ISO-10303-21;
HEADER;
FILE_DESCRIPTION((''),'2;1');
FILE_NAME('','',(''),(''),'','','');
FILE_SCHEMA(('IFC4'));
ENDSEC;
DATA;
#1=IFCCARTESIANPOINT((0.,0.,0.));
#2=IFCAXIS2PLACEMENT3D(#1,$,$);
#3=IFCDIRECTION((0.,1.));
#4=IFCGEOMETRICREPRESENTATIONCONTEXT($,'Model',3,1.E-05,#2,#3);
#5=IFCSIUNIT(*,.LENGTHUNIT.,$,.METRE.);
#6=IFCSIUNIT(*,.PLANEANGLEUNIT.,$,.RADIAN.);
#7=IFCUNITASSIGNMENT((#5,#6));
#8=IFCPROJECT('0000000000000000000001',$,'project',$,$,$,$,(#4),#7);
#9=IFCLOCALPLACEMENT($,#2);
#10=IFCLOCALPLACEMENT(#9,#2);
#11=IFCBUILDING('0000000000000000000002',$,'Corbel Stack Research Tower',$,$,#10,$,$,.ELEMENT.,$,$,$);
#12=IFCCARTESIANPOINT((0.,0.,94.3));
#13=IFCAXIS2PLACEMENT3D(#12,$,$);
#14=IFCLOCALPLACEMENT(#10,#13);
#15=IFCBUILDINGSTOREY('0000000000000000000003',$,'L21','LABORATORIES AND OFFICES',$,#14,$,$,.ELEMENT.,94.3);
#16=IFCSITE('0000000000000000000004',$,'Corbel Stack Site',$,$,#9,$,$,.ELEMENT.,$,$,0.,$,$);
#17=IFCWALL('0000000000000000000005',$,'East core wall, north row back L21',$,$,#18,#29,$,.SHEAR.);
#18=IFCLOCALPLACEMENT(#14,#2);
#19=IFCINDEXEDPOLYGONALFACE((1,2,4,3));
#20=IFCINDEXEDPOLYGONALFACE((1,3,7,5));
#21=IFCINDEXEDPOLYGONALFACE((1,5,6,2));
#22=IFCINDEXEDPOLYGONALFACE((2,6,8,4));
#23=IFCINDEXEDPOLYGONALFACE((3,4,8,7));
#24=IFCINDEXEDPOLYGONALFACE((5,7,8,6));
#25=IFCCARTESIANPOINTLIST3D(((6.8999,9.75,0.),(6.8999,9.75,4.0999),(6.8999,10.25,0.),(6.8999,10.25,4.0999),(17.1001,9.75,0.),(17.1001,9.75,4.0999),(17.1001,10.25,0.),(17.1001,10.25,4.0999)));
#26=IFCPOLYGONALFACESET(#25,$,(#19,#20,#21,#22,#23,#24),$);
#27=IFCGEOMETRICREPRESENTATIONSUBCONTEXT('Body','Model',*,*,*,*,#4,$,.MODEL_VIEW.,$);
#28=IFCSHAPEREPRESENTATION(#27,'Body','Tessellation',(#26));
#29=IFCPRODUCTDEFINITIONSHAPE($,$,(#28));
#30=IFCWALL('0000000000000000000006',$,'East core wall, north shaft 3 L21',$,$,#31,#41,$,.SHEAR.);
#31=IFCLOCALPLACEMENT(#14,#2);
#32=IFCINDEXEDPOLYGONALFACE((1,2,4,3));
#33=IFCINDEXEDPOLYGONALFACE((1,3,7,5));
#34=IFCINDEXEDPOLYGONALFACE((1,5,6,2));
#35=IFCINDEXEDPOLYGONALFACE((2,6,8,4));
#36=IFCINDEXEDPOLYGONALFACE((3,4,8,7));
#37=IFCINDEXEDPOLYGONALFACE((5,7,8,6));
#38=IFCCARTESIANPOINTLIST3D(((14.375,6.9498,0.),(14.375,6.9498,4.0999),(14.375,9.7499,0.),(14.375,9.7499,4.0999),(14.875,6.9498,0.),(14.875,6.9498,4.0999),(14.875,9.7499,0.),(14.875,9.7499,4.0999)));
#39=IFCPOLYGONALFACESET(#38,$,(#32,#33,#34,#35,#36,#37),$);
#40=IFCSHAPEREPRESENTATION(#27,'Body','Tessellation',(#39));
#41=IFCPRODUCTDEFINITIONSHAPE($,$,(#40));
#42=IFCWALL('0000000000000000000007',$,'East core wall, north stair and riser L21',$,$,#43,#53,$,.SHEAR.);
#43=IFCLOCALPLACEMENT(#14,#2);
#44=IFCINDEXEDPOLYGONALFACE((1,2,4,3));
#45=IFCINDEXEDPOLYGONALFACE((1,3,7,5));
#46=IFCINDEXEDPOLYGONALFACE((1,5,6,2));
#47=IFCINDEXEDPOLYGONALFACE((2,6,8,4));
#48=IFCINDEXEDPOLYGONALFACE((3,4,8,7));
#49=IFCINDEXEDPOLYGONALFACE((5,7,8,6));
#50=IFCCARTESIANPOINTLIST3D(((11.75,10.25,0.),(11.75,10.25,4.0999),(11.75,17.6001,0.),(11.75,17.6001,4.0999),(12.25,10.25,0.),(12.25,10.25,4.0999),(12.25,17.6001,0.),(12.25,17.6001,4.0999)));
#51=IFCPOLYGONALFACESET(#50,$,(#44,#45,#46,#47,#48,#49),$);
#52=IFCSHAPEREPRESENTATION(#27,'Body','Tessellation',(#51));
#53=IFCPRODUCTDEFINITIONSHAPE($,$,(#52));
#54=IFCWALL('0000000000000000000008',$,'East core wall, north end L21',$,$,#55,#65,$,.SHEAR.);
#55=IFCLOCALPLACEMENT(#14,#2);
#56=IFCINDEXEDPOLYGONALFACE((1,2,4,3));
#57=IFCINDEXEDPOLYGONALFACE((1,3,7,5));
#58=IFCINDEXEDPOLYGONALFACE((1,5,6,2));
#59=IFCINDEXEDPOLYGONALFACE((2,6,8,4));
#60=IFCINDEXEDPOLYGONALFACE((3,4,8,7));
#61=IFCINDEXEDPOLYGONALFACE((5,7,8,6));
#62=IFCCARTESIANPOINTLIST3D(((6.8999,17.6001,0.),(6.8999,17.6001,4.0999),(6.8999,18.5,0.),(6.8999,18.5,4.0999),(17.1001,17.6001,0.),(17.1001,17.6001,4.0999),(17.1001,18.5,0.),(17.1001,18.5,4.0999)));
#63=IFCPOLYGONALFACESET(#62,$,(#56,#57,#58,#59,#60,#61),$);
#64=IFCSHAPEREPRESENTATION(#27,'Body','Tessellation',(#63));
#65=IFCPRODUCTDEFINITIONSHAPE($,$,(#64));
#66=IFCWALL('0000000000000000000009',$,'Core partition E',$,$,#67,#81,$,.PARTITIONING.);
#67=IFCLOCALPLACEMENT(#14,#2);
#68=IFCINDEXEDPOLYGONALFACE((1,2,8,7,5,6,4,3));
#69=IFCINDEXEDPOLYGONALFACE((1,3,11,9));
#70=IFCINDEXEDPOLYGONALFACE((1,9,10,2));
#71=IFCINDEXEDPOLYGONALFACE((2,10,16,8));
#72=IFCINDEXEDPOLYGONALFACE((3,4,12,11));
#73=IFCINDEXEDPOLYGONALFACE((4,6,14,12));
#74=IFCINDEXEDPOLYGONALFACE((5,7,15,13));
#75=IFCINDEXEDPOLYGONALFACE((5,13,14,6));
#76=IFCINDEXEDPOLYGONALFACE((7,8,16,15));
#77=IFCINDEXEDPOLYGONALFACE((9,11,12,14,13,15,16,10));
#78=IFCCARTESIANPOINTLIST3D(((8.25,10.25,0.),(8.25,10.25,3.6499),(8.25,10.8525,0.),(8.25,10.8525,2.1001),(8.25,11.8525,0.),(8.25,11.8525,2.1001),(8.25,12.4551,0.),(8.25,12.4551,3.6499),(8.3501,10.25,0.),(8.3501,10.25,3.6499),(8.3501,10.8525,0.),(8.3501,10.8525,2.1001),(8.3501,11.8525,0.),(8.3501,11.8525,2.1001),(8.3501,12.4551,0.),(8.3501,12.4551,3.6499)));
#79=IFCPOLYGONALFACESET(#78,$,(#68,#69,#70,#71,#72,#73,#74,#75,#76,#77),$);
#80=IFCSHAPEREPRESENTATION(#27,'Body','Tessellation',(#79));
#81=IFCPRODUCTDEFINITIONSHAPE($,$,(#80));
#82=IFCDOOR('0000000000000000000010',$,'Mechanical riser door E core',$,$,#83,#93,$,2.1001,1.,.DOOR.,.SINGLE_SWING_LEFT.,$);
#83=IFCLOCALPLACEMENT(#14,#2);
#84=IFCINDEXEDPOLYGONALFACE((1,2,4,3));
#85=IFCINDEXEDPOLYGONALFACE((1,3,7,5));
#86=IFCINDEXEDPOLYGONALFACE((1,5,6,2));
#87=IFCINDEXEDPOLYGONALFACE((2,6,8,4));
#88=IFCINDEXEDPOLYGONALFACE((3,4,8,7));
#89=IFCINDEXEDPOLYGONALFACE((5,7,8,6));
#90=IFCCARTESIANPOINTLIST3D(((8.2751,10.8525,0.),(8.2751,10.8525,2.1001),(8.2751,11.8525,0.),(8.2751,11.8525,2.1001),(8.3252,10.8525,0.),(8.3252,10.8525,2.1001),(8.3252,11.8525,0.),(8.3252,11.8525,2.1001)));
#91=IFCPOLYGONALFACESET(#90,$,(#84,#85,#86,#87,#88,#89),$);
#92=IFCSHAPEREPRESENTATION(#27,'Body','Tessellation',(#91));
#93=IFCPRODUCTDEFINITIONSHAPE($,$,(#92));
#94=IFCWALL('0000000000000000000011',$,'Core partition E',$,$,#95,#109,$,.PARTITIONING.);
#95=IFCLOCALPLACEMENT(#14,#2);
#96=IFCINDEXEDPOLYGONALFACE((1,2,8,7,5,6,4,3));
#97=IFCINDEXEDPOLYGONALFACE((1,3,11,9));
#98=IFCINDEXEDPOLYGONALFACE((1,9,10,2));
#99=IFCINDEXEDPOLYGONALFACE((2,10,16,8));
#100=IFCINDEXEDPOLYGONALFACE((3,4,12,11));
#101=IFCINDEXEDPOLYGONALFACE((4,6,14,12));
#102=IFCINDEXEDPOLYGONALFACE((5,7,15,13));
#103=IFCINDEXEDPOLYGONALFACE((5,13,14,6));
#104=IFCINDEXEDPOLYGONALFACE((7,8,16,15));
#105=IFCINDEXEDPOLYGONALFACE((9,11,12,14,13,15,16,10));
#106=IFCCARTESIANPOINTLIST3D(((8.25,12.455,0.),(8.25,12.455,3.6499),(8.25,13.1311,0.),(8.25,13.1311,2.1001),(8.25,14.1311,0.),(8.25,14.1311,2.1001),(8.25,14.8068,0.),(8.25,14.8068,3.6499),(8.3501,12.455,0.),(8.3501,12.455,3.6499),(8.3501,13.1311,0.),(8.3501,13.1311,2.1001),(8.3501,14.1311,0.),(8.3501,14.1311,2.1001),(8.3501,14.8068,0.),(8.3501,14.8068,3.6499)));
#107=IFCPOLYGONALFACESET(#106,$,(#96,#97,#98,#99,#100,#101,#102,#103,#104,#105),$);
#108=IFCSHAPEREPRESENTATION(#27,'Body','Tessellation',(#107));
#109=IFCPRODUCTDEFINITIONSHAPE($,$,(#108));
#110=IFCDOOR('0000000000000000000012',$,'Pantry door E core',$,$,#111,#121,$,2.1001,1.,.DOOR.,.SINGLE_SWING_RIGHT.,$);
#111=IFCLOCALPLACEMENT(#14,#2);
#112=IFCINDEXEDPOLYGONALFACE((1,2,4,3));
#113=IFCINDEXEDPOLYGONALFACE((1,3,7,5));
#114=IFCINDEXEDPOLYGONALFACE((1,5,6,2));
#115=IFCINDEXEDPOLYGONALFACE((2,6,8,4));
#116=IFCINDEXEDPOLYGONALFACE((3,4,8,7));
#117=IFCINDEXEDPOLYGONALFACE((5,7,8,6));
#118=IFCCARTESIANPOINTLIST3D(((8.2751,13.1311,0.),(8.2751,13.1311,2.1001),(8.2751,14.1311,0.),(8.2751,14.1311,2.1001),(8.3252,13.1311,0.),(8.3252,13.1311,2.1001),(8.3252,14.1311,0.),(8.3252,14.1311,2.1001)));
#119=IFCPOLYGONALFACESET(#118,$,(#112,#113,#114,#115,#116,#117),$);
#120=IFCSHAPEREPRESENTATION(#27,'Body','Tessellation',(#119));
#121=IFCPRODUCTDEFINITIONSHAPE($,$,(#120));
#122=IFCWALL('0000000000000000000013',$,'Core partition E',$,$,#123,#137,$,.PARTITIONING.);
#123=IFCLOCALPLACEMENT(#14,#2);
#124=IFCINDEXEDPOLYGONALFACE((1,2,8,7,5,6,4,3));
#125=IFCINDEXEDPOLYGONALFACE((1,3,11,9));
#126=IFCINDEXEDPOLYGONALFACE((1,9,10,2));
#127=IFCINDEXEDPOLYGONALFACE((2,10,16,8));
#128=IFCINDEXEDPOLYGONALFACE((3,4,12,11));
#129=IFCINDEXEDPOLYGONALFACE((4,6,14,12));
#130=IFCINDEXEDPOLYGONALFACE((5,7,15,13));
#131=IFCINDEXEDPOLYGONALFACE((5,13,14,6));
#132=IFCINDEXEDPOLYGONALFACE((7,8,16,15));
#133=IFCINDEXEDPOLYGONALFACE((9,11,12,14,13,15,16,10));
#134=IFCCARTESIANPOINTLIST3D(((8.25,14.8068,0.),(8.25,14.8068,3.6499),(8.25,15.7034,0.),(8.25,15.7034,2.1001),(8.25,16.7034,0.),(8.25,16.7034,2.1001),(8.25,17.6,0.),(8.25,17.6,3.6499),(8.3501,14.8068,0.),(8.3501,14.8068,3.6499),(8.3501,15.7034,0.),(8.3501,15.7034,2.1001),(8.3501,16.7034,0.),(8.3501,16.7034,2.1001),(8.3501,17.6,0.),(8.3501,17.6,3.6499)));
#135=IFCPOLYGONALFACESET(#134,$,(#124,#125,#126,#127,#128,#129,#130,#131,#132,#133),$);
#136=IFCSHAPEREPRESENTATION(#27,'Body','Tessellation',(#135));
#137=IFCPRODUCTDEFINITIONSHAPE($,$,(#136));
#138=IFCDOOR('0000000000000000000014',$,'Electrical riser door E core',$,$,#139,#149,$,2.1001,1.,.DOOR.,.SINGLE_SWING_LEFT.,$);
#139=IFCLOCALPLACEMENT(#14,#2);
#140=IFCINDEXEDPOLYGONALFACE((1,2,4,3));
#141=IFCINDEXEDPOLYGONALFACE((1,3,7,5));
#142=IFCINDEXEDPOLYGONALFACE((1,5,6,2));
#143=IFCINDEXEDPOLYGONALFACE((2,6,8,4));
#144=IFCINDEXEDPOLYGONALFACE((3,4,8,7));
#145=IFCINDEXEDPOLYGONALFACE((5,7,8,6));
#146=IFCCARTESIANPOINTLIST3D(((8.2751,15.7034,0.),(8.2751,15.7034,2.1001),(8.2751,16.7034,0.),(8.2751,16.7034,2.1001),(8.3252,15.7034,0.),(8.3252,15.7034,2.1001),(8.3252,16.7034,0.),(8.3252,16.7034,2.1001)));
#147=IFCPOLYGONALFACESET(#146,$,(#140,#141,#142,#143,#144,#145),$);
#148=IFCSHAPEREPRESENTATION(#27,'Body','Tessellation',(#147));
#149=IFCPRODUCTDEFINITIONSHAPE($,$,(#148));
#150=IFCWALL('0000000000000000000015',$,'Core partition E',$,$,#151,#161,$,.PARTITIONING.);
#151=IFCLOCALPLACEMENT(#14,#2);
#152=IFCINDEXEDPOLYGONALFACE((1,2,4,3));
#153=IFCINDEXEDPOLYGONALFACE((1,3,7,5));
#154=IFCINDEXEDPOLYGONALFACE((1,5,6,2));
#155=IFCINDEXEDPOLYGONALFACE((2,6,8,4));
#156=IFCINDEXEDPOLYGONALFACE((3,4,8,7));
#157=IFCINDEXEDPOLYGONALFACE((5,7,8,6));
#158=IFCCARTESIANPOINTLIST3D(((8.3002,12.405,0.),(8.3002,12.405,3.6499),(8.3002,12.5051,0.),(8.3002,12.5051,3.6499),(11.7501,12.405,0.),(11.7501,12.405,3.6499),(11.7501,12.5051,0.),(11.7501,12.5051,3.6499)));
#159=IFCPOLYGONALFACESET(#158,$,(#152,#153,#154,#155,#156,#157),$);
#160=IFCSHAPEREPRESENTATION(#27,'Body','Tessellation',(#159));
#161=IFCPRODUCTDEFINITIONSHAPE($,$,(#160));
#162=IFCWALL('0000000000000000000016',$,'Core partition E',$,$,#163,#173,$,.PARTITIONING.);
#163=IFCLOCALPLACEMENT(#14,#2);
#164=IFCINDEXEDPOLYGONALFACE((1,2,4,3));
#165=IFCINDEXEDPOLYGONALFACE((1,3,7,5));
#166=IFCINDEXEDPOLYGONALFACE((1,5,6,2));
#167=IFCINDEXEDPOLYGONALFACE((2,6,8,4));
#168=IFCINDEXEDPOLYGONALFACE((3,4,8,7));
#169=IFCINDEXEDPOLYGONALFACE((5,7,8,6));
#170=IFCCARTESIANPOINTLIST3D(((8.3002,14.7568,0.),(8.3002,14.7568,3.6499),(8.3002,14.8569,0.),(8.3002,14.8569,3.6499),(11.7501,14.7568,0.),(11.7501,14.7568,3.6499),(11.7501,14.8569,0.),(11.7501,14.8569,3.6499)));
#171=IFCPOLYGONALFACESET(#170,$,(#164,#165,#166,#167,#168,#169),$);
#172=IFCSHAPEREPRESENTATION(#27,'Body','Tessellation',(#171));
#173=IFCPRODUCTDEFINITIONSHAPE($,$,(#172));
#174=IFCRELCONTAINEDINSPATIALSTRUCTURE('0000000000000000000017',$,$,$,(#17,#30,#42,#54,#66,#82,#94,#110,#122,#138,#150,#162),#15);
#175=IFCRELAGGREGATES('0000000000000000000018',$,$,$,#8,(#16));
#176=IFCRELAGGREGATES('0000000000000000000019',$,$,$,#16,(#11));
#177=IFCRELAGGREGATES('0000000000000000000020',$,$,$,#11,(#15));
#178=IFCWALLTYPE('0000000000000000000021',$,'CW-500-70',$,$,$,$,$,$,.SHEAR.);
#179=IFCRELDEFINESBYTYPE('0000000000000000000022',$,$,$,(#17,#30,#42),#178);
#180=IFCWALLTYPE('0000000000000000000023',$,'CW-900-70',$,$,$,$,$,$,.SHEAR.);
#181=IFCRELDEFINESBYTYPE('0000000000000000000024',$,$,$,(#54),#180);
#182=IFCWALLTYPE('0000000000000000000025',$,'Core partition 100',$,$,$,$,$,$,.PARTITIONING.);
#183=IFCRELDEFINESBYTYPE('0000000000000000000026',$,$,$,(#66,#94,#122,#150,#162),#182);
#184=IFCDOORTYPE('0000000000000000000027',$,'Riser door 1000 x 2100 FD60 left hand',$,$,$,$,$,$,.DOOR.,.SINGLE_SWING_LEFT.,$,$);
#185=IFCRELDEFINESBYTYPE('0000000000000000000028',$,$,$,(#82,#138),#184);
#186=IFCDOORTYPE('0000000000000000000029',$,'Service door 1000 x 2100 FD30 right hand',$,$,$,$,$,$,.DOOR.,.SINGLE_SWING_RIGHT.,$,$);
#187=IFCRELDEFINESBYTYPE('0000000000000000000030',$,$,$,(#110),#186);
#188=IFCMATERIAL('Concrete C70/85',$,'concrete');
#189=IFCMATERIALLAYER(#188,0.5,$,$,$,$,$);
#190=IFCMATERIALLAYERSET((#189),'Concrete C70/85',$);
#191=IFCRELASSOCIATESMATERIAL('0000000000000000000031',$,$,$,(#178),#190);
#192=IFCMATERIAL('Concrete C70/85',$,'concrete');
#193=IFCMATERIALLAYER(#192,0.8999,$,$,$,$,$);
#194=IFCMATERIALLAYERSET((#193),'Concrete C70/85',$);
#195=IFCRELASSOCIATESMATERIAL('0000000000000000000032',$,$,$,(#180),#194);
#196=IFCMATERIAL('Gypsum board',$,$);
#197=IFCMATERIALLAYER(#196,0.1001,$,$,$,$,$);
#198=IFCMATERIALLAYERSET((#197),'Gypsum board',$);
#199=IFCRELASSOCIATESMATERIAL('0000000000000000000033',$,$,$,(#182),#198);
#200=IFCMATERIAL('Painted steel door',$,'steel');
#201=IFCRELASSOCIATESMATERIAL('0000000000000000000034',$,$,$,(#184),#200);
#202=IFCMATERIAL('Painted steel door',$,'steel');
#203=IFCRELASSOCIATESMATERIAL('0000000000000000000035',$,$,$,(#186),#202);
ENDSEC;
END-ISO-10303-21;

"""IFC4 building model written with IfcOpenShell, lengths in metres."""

from ifc_helpers import new_model, si_unit, direction, frame, frame_2d, origin, place, context, subcontext, project, spatial, rectangle, extrude, material, layer, layer_set, type_object, element, fill, save


model = new_model("IFC4")

# Units and contexts
model_context = context("Model", 3, precision=1e-05, world=origin(), true_north=direction((0.0, 1.0)))
body_context = subcontext(model_context, "Body", "Model", "MODEL_VIEW")
ifc_project = project(units=[si_unit("LENGTHUNIT", "METRE"), si_unit("PLANEANGLEUNIT", "RADIAN")], contexts=[model_context])

# Site, building, storey
site_placement = place(None, origin())
site = spatial("IfcSite", under=ifc_project, at=site_placement, Name="Corbel Stack Site", CompositionType="ELEMENT", RefElevation=0.0)
building_placement = place(site_placement, origin())
building = spatial("IfcBuilding", under=site, at=building_placement, Name="Corbel Stack Research Tower", CompositionType="ELEMENT")
storey_placement = place(building_placement, frame((0.0, 0.0, 94.3)))
storey = spatial("IfcBuildingStorey", under=building, at=storey_placement, Name="L21", Description="LABORATORIES AND OFFICES", CompositionType="ELEMENT", Elevation=94.3)

# Walls
ifc_material_1 = material(Name="Concrete C70/85", Category="concrete")
ifc_layer_1 = layer(ifc_material_1, 0.5)
ifc_layer_set_1 = layer_set([ifc_layer_1], Name="Concrete C70/85")
wall_type_1 = type_object("IfcWallType", Name="CW-500-70", PredefinedType="SHEAR", material=ifc_layer_set_1)
wall_1_placement = place(storey_placement, frame((6.8999, 10.0, 0.0), z_axis=(0.0, 0.0, 1.0), x_axis=(1.0, 0.0, 0.0)))
element("IfcWall", 1, at=wall_1_placement, inside=storey, type_object=wall_type_1, Name="East core wall, north row back L21", PredefinedType="SHEAR", context=body_context, shape_type="SweptSolid", body=[
    extrude(rectangle(XDim=10.2002, YDim=0.5, at=frame_2d((5.1001, 0.0))), origin(), (0.0, 0.0, 1.0), 4.0999),
])
wall_2_placement = place(storey_placement, frame((14.625, 6.95, 0.0), z_axis=(0.0, 0.0, 1.0), x_axis=(0.0, 1.0, 0.0)))
element("IfcWall", 2, at=wall_2_placement, inside=storey, type_object=wall_type_1, Name="East core wall, north shaft 3 L21", PredefinedType="SHEAR", context=body_context, shape_type="SweptSolid", body=[
    extrude(rectangle(XDim=2.8, YDim=0.5, at=frame_2d((1.3999, 0.0))), origin(), (0.0, 0.0, 1.0), 4.0999),
])
wall_3_placement = place(storey_placement, frame((12.0, 10.25, 0.0), z_axis=(0.0, 0.0, 1.0), x_axis=(0.0, 1.0, 0.0)))
element("IfcWall", 3, at=wall_3_placement, inside=storey, type_object=wall_type_1, Name="East core wall, north stair and riser L21", PredefinedType="SHEAR", context=body_context, shape_type="SweptSolid", body=[
    extrude(rectangle(XDim=7.3501, YDim=0.5, at=frame_2d((3.675, 0.0))), origin(), (0.0, 0.0, 1.0), 4.0999),
])
ifc_material_2 = material(Name="Concrete C70/85", Category="concrete")
ifc_layer_2 = layer(ifc_material_2, 0.8999)
ifc_layer_set_2 = layer_set([ifc_layer_2], Name="Concrete C70/85")
wall_type_2 = type_object("IfcWallType", Name="CW-900-70", PredefinedType="SHEAR", material=ifc_layer_set_2)
wall_4_placement = place(storey_placement, frame((6.8999, 18.05, 0.0), z_axis=(0.0, 0.0, 1.0), x_axis=(1.0, 0.0, 0.0)))
element("IfcWall", 4, at=wall_4_placement, inside=storey, type_object=wall_type_2, Name="East core wall, north end L21", PredefinedType="SHEAR", context=body_context, shape_type="SweptSolid", body=[
    extrude(rectangle(XDim=10.2002, YDim=0.8999, at=frame_2d((5.1001, 0.0))), origin(), (0.0, 0.0, 1.0), 4.0999),
])

# Walls, openings, doors
ifc_material_3 = material(Name="Gypsum board")
ifc_layer_3 = layer(ifc_material_3, 0.1001)
ifc_layer_set_3 = layer_set([ifc_layer_3], Name="Gypsum board")
wall_type_3 = type_object("IfcWallType", Name="Core partition 100", PredefinedType="PARTITIONING", material=ifc_layer_set_3)
wall_5_placement = place(storey_placement, frame((8.3, 10.25, 0.0), z_axis=(0.0, 0.0, 1.0), x_axis=(0.0, 1.0, 0.0)))
wall_5 = element("IfcWall", 5, at=wall_5_placement, inside=storey, type_object=wall_type_3, Name="Core partition E", PredefinedType="PARTITIONING", context=body_context, shape_type="SweptSolid", body=[
    extrude(rectangle(XDim=2.2051, YDim=0.1001, at=frame_2d((1.1025, 0.0))), origin(), (0.0, 0.0, 1.0), 3.6499),
])
opening_1_placement = place(wall_5_placement, frame((0.6025, 0.0, 0.0)))
opening_1 = element("IfcOpeningElement", 6, at=opening_1_placement, cuts=wall_5, PredefinedType="OPENING", context=body_context, shape_type="SweptSolid", body=[
    extrude(rectangle(XDim=1.0, YDim=2.1001, at=frame_2d((0.5, 1.05))), frame((0.0, 0.0601, 0.0), z_axis=(0.0, -1.0, 0.0), x_axis=(1.0, 0.0, 0.0)), (0.0, 0.0, 1.0), 0.1201),
])
ifc_material_4 = material(Name="Painted steel door", Category="steel")
door_type_1 = type_object("IfcDoorType", Name="Riser door 1000 x 2100 FD60 left hand", OperationType="SINGLE_SWING_LEFT", PredefinedType="DOOR", material=ifc_material_4)
door_1_placement = place(opening_1_placement, origin())
door_1 = element("IfcDoor", 7, at=door_1_placement, inside=storey, type_object=door_type_1, Name="Mechanical riser door E core", OperationType="SINGLE_SWING_LEFT", OverallHeight=2.1001, OverallWidth=1.0, PredefinedType="DOOR", context=body_context, shape_type="SweptSolid", body=[
    extrude(rectangle(XDim=1.0, YDim=2.1001, at=frame_2d((0.5, 1.05))), frame((0.0, 0.0249, 0.0), z_axis=(0.0, -1.0, 0.0), x_axis=(1.0, 0.0, 0.0)), (0.0, 0.0, 1.0), 0.05),
])
fill(opening_1, door_1)
wall_6_placement = place(storey_placement, frame((8.3, 12.4551, 0.0), z_axis=(0.0, 0.0, 1.0), x_axis=(0.0, 1.0, 0.0)))
wall_6 = element("IfcWall", 8, at=wall_6_placement, inside=storey, type_object=wall_type_3, Name="Core partition E", PredefinedType="PARTITIONING", context=body_context, shape_type="SweptSolid", body=[
    extrude(rectangle(XDim=2.3518, YDim=0.1001, at=frame_2d((1.1758, 0.0))), origin(), (0.0, 0.0, 1.0), 3.6499),
])
opening_2_placement = place(wall_6_placement, frame((0.676, 0.0, 0.0)))
opening_2 = element("IfcOpeningElement", 9, at=opening_2_placement, cuts=wall_6, PredefinedType="OPENING", context=body_context, shape_type="SweptSolid", body=[
    extrude(rectangle(XDim=1.0, YDim=2.1001, at=frame_2d((0.5, 1.05))), frame((0.0, 0.0601, 0.0), z_axis=(0.0, -1.0, 0.0), x_axis=(1.0, 0.0, 0.0)), (0.0, 0.0, 1.0), 0.1201),
])
ifc_material_5 = material(Name="Painted steel door", Category="steel")
door_type_2 = type_object("IfcDoorType", Name="Service door 1000 x 2100 FD30 right hand", OperationType="SINGLE_SWING_RIGHT", PredefinedType="DOOR", material=ifc_material_5)
door_2_placement = place(opening_2_placement, origin())
door_2 = element("IfcDoor", 10, at=door_2_placement, inside=storey, type_object=door_type_2, Name="Pantry door E core", OperationType="SINGLE_SWING_RIGHT", OverallHeight=2.1001, OverallWidth=1.0, PredefinedType="DOOR", context=body_context, shape_type="SweptSolid", body=[
    extrude(rectangle(XDim=1.0, YDim=2.1001, at=frame_2d((0.5, 1.05))), frame((0.0, 0.0249, 0.0), z_axis=(0.0, -1.0, 0.0), x_axis=(1.0, 0.0, 0.0)), (0.0, 0.0, 1.0), 0.05),
])
fill(opening_2, door_2)
wall_7_placement = place(storey_placement, frame((8.3, 14.8069, 0.0), z_axis=(0.0, 0.0, 1.0), x_axis=(0.0, 1.0, 0.0)))
wall_7 = element("IfcWall", 11, at=wall_7_placement, inside=storey, type_object=wall_type_3, Name="Core partition E", PredefinedType="PARTITIONING", context=body_context, shape_type="SweptSolid", body=[
    extrude(rectangle(XDim=2.7932, YDim=0.1001, at=frame_2d((1.3965, 0.0))), origin(), (0.0, 0.0, 1.0), 3.6499),
])
opening_3_placement = place(wall_7_placement, frame((0.8965, 0.0, 0.0)))
opening_3 = element("IfcOpeningElement", 12, at=opening_3_placement, cuts=wall_7, PredefinedType="OPENING", context=body_context, shape_type="SweptSolid", body=[
    extrude(rectangle(XDim=1.0, YDim=2.1001, at=frame_2d((0.5, 1.05))), frame((0.0, 0.0601, 0.0), z_axis=(0.0, -1.0, 0.0), x_axis=(1.0, 0.0, 0.0)), (0.0, 0.0, 1.0), 0.1201),
])
door_3_placement = place(opening_3_placement, origin())
door_3 = element("IfcDoor", 13, at=door_3_placement, inside=storey, type_object=door_type_1, Name="Electrical riser door E core", OperationType="SINGLE_SWING_LEFT", OverallHeight=2.1001, OverallWidth=1.0, PredefinedType="DOOR", context=body_context, shape_type="SweptSolid", body=[
    extrude(rectangle(XDim=1.0, YDim=2.1001, at=frame_2d((0.5, 1.05))), frame((0.0, 0.0249, 0.0), z_axis=(0.0, -1.0, 0.0), x_axis=(1.0, 0.0, 0.0)), (0.0, 0.0, 1.0), 0.05),
])
fill(opening_3, door_3)

# Walls
for number, where, z_axis, x_axis, name in (
    (14, (8.3, 12.4551, 0.0), (0.0, 0.0, 1.0), (1.0, 0.0, 0.0), "Core partition E"),
    (15, (8.3, 14.8069, 0.0), (0.0, 0.0, 1.0), (1.0, 0.0, 0.0), "Core partition E"),
):
    element("IfcWall", number, at=place(storey_placement, frame(where, z_axis=z_axis, x_axis=x_axis)), inside=storey, type_object=wall_type_3, Name=name, PredefinedType="PARTITIONING", context=body_context, shape_type="SweptSolid", body=[
        extrude(rectangle(XDim=3.45, YDim=0.1001, at=frame_2d((1.7251, 0.0))), origin(), (0.0, 0.0, 1.0), 3.6499),
    ])

save(model, "model.ifc")
